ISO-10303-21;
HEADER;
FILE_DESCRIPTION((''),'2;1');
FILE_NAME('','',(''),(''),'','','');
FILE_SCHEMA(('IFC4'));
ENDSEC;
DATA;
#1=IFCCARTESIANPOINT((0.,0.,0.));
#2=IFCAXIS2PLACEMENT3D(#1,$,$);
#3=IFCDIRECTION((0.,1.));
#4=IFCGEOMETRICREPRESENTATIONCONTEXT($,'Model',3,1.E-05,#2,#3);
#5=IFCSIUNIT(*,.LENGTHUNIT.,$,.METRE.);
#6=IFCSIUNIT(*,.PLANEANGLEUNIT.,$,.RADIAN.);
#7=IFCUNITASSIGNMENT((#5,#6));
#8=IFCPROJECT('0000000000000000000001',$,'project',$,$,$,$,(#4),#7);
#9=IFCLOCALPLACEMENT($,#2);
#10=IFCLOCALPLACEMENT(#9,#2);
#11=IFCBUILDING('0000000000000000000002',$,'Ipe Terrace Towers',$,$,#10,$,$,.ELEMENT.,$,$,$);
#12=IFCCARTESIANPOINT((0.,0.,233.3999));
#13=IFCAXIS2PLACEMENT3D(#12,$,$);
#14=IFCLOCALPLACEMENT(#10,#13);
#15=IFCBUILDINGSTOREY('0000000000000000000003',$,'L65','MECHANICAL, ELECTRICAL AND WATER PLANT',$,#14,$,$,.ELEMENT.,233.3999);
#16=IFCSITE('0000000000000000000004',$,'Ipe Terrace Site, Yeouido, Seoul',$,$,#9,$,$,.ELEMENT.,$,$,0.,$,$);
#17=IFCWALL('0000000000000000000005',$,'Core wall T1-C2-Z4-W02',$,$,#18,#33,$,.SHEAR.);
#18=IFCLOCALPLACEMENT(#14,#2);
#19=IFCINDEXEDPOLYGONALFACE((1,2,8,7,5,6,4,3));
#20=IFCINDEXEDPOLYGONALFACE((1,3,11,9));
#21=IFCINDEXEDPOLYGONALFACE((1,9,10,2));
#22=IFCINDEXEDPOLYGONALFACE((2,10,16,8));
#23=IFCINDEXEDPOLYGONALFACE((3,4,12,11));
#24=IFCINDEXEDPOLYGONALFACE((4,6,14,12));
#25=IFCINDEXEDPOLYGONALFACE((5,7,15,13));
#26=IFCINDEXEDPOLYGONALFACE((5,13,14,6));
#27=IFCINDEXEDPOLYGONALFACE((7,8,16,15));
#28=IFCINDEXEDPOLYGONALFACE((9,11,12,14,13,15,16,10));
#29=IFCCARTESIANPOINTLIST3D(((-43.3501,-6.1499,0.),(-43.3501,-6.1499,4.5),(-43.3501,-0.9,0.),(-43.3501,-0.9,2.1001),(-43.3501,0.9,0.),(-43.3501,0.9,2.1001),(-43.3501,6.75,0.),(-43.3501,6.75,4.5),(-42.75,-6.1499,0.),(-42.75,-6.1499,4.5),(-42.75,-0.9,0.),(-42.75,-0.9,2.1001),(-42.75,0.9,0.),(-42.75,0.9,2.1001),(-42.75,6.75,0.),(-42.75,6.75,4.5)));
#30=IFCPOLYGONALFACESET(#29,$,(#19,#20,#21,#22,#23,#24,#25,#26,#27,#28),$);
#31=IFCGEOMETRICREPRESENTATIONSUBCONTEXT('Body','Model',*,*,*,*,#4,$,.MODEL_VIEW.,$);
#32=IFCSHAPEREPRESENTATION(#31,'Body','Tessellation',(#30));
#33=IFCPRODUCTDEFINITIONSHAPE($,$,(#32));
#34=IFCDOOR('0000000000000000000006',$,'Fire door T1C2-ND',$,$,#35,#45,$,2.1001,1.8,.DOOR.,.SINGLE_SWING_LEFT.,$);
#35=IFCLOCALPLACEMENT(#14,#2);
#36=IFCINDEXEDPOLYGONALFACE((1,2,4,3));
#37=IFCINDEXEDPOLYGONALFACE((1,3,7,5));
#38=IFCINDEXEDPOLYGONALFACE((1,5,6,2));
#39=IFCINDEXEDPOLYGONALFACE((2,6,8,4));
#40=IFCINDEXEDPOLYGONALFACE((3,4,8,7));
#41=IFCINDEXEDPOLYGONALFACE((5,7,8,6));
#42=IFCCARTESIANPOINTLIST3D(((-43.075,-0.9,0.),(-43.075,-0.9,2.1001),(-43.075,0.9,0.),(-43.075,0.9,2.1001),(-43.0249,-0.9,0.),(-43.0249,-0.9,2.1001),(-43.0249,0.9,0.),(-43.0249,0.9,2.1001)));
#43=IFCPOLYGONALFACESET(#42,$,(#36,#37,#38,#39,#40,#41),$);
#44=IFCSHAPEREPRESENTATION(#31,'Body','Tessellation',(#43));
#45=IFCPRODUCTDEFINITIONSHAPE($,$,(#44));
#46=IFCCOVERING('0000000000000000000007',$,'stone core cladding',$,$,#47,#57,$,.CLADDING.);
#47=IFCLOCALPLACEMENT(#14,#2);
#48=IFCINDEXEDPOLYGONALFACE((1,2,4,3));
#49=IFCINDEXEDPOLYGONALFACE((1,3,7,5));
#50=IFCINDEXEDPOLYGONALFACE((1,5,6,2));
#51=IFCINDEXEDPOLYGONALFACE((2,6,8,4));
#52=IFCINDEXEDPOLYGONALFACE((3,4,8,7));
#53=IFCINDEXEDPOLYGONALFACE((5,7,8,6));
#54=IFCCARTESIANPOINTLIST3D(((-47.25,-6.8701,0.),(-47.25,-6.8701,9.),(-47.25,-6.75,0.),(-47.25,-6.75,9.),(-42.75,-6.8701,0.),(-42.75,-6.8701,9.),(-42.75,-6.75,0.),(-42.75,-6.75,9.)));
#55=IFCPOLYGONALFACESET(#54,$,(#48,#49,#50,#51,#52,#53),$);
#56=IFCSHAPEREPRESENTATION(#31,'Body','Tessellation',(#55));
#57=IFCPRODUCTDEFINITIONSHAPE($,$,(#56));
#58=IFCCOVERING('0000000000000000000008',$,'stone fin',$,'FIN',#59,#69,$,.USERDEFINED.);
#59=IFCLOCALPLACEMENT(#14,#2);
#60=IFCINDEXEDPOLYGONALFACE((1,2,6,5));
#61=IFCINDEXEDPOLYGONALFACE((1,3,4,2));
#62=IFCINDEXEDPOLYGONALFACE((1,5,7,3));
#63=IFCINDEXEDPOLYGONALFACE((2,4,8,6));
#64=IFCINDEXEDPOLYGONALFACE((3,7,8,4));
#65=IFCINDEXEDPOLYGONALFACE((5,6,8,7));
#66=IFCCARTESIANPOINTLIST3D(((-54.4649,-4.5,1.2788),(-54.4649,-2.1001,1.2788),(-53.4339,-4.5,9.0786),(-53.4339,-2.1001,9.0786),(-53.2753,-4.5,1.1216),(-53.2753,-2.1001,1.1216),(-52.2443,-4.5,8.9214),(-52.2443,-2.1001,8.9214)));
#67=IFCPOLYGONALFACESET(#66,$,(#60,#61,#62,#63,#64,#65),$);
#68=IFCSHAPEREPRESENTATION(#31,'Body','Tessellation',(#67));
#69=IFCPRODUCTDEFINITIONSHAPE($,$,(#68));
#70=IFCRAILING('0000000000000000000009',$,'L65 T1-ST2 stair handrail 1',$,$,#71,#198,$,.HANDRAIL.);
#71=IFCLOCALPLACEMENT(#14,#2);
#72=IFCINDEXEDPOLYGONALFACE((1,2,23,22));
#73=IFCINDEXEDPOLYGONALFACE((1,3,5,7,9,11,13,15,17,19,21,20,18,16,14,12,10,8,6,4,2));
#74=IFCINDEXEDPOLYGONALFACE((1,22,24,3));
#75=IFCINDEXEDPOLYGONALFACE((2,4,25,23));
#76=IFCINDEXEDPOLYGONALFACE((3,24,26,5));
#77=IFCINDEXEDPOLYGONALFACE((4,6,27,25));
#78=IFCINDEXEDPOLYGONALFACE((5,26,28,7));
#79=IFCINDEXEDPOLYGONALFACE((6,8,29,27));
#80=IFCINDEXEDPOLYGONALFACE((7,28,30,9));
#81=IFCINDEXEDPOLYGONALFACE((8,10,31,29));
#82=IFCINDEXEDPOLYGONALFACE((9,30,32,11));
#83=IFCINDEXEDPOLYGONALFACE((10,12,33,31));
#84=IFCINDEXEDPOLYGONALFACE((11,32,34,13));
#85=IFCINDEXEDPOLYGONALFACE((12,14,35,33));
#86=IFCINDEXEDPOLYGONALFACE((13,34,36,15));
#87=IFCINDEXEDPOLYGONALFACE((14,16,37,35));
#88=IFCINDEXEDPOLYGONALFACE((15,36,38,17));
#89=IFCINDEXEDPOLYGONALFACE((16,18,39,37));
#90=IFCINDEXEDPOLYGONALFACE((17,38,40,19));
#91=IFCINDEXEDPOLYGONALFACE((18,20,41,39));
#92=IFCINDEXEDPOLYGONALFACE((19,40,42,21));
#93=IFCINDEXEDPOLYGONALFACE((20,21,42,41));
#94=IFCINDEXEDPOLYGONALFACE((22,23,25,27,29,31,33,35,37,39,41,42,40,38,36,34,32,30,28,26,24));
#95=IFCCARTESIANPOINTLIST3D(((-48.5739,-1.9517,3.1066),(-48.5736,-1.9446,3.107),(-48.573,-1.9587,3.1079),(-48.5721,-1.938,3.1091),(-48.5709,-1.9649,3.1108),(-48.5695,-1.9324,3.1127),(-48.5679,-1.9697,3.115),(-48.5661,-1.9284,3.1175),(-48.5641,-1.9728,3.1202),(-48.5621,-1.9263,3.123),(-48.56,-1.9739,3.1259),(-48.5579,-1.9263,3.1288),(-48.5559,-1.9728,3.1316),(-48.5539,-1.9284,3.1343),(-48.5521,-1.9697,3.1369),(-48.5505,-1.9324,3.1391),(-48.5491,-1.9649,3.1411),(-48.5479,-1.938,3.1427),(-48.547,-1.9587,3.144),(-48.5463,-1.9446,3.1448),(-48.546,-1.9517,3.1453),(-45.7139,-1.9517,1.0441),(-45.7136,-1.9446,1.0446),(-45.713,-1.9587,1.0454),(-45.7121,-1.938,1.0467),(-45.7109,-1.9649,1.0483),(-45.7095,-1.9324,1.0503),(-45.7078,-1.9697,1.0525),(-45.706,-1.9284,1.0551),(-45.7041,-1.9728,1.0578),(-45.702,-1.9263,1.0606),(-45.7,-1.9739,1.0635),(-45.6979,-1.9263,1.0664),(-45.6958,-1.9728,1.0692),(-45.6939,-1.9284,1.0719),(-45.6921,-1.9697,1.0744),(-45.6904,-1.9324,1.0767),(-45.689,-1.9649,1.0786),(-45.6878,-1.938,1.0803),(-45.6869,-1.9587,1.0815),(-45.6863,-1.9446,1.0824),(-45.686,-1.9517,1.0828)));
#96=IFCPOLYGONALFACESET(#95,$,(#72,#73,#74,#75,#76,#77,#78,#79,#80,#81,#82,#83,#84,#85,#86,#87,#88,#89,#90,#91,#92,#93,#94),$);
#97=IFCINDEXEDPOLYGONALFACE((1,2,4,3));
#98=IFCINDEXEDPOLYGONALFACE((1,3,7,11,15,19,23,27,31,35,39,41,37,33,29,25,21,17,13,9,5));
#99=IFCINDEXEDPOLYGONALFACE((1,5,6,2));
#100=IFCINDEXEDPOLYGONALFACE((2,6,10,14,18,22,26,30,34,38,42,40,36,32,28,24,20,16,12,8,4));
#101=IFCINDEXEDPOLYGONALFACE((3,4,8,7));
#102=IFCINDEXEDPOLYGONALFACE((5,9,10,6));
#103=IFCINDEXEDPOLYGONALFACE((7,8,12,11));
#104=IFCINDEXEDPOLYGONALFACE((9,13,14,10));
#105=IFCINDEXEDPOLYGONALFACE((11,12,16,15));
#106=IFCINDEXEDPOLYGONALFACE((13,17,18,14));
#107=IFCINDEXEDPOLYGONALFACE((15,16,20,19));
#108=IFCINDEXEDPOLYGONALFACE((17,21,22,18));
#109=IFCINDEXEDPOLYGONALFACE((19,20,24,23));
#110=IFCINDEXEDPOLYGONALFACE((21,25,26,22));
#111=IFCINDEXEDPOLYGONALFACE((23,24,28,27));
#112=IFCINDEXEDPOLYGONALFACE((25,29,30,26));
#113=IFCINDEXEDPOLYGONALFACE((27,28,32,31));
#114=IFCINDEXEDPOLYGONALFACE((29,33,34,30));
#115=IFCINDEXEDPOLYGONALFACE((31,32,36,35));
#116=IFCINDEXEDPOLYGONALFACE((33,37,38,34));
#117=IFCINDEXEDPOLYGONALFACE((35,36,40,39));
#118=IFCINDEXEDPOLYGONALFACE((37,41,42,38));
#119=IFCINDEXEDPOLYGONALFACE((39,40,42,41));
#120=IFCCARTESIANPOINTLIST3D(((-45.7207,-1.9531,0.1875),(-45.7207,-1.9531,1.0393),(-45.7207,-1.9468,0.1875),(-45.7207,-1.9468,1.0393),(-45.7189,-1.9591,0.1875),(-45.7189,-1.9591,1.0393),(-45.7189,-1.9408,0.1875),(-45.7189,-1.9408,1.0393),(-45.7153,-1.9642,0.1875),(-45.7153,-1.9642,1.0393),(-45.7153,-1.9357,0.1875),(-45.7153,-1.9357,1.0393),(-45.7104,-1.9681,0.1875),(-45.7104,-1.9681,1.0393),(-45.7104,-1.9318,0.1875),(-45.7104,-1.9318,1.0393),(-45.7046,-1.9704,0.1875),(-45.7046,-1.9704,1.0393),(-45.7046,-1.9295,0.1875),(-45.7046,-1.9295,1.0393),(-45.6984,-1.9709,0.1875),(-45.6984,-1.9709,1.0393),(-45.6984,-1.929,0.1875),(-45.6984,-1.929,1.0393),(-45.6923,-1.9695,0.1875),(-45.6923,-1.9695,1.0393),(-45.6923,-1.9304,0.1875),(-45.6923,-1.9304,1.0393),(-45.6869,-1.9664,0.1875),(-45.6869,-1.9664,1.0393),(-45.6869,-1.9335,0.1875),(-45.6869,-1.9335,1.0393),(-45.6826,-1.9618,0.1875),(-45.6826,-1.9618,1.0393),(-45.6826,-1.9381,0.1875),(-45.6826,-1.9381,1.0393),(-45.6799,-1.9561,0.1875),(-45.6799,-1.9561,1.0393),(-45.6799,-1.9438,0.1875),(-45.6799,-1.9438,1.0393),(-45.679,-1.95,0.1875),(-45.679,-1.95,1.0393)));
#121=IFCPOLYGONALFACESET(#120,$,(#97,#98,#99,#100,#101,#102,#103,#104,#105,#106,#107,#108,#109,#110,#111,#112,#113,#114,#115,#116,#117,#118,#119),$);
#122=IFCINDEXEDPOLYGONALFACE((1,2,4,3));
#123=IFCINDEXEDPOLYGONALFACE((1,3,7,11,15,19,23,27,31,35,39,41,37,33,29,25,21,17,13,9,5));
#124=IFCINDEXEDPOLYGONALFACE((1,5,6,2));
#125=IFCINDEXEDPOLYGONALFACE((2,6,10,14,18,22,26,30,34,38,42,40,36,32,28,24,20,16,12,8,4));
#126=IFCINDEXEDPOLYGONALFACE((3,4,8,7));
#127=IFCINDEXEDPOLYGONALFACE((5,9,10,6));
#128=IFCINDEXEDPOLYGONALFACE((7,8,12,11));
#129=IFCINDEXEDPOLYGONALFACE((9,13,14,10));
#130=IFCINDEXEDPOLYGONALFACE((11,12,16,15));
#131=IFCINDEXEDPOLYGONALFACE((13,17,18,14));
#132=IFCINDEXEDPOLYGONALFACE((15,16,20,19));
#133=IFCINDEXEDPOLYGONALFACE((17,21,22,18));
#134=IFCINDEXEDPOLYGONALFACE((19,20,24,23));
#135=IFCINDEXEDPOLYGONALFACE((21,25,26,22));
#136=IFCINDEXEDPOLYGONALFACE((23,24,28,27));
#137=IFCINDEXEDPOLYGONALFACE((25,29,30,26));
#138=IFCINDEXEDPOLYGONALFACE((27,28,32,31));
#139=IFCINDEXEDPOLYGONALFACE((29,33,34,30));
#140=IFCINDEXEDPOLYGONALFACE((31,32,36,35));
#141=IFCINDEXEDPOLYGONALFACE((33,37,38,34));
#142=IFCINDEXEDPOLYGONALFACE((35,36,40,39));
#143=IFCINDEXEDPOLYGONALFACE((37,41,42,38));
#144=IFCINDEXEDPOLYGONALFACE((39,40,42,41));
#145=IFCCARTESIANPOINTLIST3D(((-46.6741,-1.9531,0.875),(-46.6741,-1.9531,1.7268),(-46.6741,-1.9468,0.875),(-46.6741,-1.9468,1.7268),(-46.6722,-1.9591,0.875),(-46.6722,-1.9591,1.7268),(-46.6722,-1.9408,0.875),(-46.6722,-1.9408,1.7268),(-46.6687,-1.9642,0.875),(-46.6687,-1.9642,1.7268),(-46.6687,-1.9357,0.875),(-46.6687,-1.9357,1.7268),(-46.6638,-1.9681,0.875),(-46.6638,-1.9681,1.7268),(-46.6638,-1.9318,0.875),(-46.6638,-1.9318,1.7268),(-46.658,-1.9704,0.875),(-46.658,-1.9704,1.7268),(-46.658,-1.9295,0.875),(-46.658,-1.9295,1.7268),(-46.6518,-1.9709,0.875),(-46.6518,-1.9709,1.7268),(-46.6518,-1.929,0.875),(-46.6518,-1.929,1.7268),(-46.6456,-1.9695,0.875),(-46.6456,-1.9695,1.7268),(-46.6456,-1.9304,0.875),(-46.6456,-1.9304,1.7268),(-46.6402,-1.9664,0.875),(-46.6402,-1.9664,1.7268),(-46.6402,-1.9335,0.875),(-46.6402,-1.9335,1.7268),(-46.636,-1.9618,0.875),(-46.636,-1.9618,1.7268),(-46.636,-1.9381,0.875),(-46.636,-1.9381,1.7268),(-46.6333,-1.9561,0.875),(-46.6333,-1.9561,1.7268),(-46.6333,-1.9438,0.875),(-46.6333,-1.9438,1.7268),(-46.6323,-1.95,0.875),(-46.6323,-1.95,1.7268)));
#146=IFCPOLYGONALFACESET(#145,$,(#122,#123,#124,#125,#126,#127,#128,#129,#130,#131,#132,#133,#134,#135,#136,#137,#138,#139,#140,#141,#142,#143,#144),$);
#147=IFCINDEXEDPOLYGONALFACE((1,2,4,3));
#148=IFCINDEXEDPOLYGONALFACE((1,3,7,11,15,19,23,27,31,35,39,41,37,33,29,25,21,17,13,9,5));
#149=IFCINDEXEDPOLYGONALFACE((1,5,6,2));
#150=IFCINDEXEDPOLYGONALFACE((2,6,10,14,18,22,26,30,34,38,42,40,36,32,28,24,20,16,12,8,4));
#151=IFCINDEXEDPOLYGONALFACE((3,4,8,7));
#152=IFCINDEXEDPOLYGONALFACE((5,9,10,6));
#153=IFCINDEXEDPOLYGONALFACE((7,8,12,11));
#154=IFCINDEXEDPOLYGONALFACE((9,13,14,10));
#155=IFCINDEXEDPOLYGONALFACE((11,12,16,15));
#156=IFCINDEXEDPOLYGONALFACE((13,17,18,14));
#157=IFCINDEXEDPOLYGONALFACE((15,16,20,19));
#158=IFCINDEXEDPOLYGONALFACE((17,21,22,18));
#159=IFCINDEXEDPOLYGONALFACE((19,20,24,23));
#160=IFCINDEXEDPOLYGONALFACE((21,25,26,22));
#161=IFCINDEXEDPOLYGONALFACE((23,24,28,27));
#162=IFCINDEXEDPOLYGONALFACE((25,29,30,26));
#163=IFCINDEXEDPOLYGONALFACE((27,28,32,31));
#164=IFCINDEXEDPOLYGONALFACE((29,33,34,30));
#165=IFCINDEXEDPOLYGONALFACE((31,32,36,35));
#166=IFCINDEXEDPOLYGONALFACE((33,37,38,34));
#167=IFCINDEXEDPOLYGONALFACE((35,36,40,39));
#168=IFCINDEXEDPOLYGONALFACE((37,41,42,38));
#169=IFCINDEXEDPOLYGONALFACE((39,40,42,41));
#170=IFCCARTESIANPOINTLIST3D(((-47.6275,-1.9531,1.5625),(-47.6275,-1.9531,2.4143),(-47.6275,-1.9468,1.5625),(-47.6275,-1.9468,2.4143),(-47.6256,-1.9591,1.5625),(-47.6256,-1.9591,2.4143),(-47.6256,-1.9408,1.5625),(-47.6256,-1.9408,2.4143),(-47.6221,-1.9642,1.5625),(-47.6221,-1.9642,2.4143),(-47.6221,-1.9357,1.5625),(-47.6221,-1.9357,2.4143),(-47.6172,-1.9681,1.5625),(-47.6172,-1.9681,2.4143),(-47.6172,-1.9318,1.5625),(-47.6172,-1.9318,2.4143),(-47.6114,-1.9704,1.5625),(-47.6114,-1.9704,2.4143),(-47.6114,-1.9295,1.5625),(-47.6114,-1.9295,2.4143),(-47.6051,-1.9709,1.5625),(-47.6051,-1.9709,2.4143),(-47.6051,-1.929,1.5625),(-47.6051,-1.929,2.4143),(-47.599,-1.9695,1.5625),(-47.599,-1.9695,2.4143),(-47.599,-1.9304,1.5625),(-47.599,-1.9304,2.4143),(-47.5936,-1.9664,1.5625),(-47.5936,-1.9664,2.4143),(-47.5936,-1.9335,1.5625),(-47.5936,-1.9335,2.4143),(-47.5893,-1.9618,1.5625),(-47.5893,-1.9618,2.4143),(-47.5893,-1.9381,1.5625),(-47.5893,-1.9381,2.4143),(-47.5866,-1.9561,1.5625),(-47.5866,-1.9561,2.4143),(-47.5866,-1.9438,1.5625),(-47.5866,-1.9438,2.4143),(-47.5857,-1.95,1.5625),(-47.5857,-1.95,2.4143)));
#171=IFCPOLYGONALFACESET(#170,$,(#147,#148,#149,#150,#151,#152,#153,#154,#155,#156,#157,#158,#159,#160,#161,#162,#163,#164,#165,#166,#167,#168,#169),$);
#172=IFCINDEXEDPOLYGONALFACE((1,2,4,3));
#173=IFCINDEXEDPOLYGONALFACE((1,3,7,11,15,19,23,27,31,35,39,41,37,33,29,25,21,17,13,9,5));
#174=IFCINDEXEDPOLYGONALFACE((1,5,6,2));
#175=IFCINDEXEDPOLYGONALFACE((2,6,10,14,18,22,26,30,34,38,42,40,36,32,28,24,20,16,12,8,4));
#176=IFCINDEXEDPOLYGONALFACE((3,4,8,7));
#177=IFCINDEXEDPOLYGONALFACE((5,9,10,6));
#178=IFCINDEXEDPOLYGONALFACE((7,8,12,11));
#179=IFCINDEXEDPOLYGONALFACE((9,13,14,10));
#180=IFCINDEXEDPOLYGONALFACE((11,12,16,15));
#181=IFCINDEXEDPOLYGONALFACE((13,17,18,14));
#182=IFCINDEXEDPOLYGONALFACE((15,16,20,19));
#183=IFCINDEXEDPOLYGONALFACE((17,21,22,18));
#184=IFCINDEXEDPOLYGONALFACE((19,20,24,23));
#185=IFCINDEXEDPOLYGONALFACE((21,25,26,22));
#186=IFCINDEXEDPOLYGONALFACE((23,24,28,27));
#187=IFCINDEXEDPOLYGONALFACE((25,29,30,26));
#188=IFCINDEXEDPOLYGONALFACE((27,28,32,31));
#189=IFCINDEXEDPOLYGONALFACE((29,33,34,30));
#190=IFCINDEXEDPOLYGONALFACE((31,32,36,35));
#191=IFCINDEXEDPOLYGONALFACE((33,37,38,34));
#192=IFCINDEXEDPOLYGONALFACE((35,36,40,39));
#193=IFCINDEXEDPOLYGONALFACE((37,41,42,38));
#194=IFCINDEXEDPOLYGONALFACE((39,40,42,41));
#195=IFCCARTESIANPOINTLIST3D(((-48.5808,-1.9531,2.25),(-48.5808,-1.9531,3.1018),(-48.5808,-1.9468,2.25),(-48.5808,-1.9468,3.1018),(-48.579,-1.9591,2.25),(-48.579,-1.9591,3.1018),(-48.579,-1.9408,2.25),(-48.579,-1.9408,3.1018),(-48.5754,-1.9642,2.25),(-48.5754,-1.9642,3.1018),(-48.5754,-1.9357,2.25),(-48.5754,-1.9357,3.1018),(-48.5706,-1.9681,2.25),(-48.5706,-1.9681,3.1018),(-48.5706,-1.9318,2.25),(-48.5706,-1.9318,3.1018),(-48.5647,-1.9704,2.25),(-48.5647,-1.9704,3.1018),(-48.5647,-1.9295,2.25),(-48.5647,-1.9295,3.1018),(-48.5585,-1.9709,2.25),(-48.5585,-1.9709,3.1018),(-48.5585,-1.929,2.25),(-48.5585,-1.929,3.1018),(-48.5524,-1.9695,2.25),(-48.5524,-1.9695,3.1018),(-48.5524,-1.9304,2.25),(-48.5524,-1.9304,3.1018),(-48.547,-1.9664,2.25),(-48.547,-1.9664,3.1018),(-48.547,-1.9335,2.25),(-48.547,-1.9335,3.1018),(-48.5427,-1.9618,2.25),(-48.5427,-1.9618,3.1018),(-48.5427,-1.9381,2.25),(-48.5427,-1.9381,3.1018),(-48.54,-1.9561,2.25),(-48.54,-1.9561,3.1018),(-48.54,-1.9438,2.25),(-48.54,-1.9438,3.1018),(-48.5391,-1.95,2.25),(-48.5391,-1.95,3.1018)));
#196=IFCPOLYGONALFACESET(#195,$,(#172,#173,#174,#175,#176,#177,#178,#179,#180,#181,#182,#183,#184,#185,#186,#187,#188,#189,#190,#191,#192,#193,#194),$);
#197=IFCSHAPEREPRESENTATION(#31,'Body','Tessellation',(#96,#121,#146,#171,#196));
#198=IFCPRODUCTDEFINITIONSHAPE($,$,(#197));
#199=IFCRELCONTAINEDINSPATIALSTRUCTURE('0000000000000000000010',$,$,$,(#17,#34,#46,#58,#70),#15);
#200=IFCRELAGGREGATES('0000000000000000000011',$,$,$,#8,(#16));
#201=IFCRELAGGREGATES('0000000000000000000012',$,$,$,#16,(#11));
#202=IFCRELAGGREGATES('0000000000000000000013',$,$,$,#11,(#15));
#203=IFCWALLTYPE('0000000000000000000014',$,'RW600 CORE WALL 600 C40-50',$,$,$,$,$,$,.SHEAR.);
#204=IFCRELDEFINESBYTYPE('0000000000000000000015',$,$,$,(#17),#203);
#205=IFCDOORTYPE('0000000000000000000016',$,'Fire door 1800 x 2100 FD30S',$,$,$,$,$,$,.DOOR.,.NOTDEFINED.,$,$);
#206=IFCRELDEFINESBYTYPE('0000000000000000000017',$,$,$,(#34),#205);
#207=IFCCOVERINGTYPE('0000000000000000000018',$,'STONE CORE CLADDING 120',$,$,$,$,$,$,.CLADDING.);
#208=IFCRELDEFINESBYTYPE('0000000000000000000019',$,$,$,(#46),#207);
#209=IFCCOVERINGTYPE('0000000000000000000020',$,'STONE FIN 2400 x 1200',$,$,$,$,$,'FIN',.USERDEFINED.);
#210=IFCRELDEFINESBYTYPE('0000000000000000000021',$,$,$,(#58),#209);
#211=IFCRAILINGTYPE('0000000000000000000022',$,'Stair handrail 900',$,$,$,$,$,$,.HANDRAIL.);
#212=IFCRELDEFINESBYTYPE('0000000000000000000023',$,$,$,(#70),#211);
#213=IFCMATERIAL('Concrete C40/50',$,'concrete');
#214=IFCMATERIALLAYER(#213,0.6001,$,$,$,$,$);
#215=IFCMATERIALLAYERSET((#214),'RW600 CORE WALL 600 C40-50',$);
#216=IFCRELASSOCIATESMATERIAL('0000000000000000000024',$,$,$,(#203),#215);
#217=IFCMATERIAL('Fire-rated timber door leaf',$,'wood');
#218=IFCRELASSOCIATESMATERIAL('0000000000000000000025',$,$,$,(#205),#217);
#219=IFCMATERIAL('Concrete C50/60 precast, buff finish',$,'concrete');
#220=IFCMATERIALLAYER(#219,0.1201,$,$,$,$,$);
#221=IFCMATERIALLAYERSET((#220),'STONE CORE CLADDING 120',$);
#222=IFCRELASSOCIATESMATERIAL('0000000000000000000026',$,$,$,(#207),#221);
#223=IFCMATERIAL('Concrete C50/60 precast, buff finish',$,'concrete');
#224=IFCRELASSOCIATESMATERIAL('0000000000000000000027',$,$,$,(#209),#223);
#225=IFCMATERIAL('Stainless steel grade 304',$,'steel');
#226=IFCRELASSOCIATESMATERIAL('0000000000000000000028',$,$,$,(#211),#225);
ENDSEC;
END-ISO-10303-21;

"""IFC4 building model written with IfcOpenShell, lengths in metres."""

from ifc_helpers import new_model, si_unit, direction, frame, frame_2d, origin, origin_2d, place, context, subcontext, project, spatial, rectangle, circle, extrude, material, layer, layer_set, material_profile, profile_set, type_object, element, fill, save


model = new_model("IFC4")

# Units and contexts
model_context = context("Model", 3, precision=1e-05, world=origin(), true_north=direction((0.0, 1.0)))
body_context = subcontext(model_context, "Body", "Model", "MODEL_VIEW")
ifc_project = project(units=[si_unit("LENGTHUNIT", "METRE"), si_unit("PLANEANGLEUNIT", "RADIAN")], contexts=[model_context])

# Site, building, storey
site_placement = place(None, origin())
site = spatial("IfcSite", under=ifc_project, at=site_placement, Name="Ipe Terrace Site, Yeouido, Seoul", CompositionType="ELEMENT", RefElevation=0.0)
building_placement = place(site_placement, origin())
building = spatial("IfcBuilding", under=site, at=building_placement, Name="Ipe Terrace Towers", CompositionType="ELEMENT")
storey_placement = place(building_placement, frame((0.0, 0.0, 233.3999)))
storey = spatial("IfcBuildingStorey", under=building, at=storey_placement, Name="L65", Description="MECHANICAL, ELECTRICAL AND WATER PLANT", CompositionType="ELEMENT", Elevation=233.3999)

# Shared definitions
ifc_material_1 = material(Name="Concrete C40/50", Category="concrete")
ifc_layer_1 = layer(ifc_material_1, 0.6001)
ifc_layer_set_1 = layer_set([ifc_layer_1], Name="RW600 CORE WALL 600 C40-50")
wall_type_1 = type_object("IfcWallType", Name="RW600 CORE WALL 600 C40-50", PredefinedType="SHEAR", material=ifc_layer_set_1)

# Wall, opening, door
wall_1_placement = place(storey_placement, frame((-43.05, -6.1499, 0.0), z_axis=(0.0, 0.0, 1.0), x_axis=(0.0, 1.0, 0.0)))
wall_1 = element("IfcWall", 1, at=wall_1_placement, inside=storey, type_object=wall_type_1, Name="Core wall T1-C2-Z4-W02", PredefinedType="SHEAR", context=body_context, shape_type="SweptSolid", body=[
    extrude(rectangle(XDim=12.8999, YDim=0.6001, at=frame_2d((6.45, 0.0))), origin(), (0.0, 0.0, 1.0), 4.5),
])
opening_1_placement = place(wall_1_placement, frame((5.25, 0.0, 0.0)))
opening_1 = element("IfcOpeningElement", 2, at=opening_1_placement, cuts=wall_1, PredefinedType="OPENING", context=body_context, shape_type="SweptSolid", body=[
    extrude(rectangle(XDim=1.8, YDim=2.1001, at=frame_2d((0.8999, 1.05))), frame((0.0, 0.3101, 0.0), z_axis=(0.0, -1.0, 0.0), x_axis=(1.0, 0.0, 0.0)), (0.0, 0.0, 1.0), 0.6201),
])
ifc_material_2 = material(Name="Fire-rated timber door leaf", Category="wood")
door_type_1 = type_object("IfcDoorType", Name="Fire door 1800 x 2100 FD30S", OperationType="NOTDEFINED", PredefinedType="DOOR", material=ifc_material_2)
door_1_placement = place(opening_1_placement, origin())
door_1 = element("IfcDoor", 3, at=door_1_placement, inside=storey, type_object=door_type_1, Name="Fire door T1C2-ND", OperationType="SINGLE_SWING_LEFT", OverallHeight=2.1001, OverallWidth=1.8, PredefinedType="DOOR", context=body_context, shape_type="SweptSolid", body=[
    extrude(rectangle(XDim=1.8, YDim=2.1001, at=frame_2d((0.8999, 1.05))), frame((0.0, 0.0249, 0.0), z_axis=(0.0, -1.0, 0.0), x_axis=(1.0, 0.0, 0.0)), (0.0, 0.0, 1.0), 0.05),
])
fill(opening_1, door_1)

# Coverings
ifc_material_3 = material(Name="Concrete C50/60 precast, buff finish", Category="concrete")
ifc_layer_2 = layer(ifc_material_3, 0.1201)
ifc_layer_set_2 = layer_set([ifc_layer_2], Name="STONE CORE CLADDING 120")
covering_type_1 = type_object("IfcCoveringType", Name="STONE CORE CLADDING 120", PredefinedType="CLADDING", material=ifc_layer_set_2)
covering_1_placement = place(storey_placement, frame((-45.0, -6.8101, 0.0), z_axis=(0.0, 0.0, 1.0), x_axis=(1.0, 0.0, 0.0)))
element("IfcCovering", 4, at=covering_1_placement, inside=storey, type_object=covering_type_1, Name="stone core cladding", PredefinedType="CLADDING", context=body_context, shape_type="SweptSolid", body=[
    extrude(rectangle(XDim=4.5, YDim=0.1201, at=origin_2d()), origin(), (0.0, 0.0, 1.0), 9.0),
])
ifc_material_4 = material(Name="Concrete C50/60 precast, buff finish", Category="concrete")
ifc_material_profile_1 = material_profile(ifc_material_4, rectangle(XDim=2.3999, YDim=1.2, at=origin_2d()), Name="STONE FIN 2400 x 1200")
ifc_profile_set_1 = profile_set([ifc_material_profile_1], Name="Concrete C50/60 precast, buff finish")
covering_type_2 = type_object("IfcCoveringType", Name="STONE FIN 2400 x 1200", ElementType="FIN", PredefinedType="USERDEFINED", material=ifc_profile_set_1)
covering_2_placement = place(storey_placement, frame((-53.8701, -3.3, 1.2002), z_axis=(0.131044, 0.0, 0.991377), x_axis=(0.0, -1.0, 0.0)))
element("IfcCovering", 5, at=covering_2_placement, inside=storey, type_object=covering_type_2, Name="stone fin", ObjectType="FIN", PredefinedType="USERDEFINED", context=body_context, shape_type="SweptSolid", body=[
    extrude(rectangle(XDim=2.3999, YDim=1.2, at=origin_2d()), origin(), (0.0, 0.0, 1.0), 7.8677),
])

# Railing
ifc_material_5 = material(Name="Stainless steel grade 304", Category="steel")
railing_type_1 = type_object("IfcRailingType", Name="Stair handrail 900", PredefinedType="HANDRAIL", material=ifc_material_5)
railing_1_placement = place(storey_placement, frame((-45.7, -1.95, 0.1875)))
element("IfcRailing", 6, at=railing_1_placement, inside=storey, type_object=railing_type_1, Name="L65 T1-ST2 stair handrail 1", PredefinedType="HANDRAIL", context=body_context, shape_type="SweptSolid", body=[
    extrude(circle(Radius=0.0239, at=origin_2d()), frame((0.0, 0.0, 0.876), z_axis=(-0.811101, 0.0, 0.584906), x_axis=(0.0, -1.0, 0.0)), (0.0, 0.0, 1.0), 3.5261),
    extrude(circle(Radius=0.021, at=origin_2d()), origin(), (0.0, 0.0, 1.0), 0.8518),
    extrude(circle(Radius=0.021, at=origin_2d()), frame((-0.9534, 0.0, 0.6875)), (0.0, 0.0, 1.0), 0.8518),
    extrude(circle(Radius=0.021, at=origin_2d()), frame((-1.9067, 0.0, 1.375)), (0.0, 0.0, 1.0), 0.8518),
    extrude(circle(Radius=0.021, at=origin_2d()), frame((-2.8601, 0.0, 2.0625)), (0.0, 0.0, 1.0), 0.8518),
])

save(model, "model.ifc")
